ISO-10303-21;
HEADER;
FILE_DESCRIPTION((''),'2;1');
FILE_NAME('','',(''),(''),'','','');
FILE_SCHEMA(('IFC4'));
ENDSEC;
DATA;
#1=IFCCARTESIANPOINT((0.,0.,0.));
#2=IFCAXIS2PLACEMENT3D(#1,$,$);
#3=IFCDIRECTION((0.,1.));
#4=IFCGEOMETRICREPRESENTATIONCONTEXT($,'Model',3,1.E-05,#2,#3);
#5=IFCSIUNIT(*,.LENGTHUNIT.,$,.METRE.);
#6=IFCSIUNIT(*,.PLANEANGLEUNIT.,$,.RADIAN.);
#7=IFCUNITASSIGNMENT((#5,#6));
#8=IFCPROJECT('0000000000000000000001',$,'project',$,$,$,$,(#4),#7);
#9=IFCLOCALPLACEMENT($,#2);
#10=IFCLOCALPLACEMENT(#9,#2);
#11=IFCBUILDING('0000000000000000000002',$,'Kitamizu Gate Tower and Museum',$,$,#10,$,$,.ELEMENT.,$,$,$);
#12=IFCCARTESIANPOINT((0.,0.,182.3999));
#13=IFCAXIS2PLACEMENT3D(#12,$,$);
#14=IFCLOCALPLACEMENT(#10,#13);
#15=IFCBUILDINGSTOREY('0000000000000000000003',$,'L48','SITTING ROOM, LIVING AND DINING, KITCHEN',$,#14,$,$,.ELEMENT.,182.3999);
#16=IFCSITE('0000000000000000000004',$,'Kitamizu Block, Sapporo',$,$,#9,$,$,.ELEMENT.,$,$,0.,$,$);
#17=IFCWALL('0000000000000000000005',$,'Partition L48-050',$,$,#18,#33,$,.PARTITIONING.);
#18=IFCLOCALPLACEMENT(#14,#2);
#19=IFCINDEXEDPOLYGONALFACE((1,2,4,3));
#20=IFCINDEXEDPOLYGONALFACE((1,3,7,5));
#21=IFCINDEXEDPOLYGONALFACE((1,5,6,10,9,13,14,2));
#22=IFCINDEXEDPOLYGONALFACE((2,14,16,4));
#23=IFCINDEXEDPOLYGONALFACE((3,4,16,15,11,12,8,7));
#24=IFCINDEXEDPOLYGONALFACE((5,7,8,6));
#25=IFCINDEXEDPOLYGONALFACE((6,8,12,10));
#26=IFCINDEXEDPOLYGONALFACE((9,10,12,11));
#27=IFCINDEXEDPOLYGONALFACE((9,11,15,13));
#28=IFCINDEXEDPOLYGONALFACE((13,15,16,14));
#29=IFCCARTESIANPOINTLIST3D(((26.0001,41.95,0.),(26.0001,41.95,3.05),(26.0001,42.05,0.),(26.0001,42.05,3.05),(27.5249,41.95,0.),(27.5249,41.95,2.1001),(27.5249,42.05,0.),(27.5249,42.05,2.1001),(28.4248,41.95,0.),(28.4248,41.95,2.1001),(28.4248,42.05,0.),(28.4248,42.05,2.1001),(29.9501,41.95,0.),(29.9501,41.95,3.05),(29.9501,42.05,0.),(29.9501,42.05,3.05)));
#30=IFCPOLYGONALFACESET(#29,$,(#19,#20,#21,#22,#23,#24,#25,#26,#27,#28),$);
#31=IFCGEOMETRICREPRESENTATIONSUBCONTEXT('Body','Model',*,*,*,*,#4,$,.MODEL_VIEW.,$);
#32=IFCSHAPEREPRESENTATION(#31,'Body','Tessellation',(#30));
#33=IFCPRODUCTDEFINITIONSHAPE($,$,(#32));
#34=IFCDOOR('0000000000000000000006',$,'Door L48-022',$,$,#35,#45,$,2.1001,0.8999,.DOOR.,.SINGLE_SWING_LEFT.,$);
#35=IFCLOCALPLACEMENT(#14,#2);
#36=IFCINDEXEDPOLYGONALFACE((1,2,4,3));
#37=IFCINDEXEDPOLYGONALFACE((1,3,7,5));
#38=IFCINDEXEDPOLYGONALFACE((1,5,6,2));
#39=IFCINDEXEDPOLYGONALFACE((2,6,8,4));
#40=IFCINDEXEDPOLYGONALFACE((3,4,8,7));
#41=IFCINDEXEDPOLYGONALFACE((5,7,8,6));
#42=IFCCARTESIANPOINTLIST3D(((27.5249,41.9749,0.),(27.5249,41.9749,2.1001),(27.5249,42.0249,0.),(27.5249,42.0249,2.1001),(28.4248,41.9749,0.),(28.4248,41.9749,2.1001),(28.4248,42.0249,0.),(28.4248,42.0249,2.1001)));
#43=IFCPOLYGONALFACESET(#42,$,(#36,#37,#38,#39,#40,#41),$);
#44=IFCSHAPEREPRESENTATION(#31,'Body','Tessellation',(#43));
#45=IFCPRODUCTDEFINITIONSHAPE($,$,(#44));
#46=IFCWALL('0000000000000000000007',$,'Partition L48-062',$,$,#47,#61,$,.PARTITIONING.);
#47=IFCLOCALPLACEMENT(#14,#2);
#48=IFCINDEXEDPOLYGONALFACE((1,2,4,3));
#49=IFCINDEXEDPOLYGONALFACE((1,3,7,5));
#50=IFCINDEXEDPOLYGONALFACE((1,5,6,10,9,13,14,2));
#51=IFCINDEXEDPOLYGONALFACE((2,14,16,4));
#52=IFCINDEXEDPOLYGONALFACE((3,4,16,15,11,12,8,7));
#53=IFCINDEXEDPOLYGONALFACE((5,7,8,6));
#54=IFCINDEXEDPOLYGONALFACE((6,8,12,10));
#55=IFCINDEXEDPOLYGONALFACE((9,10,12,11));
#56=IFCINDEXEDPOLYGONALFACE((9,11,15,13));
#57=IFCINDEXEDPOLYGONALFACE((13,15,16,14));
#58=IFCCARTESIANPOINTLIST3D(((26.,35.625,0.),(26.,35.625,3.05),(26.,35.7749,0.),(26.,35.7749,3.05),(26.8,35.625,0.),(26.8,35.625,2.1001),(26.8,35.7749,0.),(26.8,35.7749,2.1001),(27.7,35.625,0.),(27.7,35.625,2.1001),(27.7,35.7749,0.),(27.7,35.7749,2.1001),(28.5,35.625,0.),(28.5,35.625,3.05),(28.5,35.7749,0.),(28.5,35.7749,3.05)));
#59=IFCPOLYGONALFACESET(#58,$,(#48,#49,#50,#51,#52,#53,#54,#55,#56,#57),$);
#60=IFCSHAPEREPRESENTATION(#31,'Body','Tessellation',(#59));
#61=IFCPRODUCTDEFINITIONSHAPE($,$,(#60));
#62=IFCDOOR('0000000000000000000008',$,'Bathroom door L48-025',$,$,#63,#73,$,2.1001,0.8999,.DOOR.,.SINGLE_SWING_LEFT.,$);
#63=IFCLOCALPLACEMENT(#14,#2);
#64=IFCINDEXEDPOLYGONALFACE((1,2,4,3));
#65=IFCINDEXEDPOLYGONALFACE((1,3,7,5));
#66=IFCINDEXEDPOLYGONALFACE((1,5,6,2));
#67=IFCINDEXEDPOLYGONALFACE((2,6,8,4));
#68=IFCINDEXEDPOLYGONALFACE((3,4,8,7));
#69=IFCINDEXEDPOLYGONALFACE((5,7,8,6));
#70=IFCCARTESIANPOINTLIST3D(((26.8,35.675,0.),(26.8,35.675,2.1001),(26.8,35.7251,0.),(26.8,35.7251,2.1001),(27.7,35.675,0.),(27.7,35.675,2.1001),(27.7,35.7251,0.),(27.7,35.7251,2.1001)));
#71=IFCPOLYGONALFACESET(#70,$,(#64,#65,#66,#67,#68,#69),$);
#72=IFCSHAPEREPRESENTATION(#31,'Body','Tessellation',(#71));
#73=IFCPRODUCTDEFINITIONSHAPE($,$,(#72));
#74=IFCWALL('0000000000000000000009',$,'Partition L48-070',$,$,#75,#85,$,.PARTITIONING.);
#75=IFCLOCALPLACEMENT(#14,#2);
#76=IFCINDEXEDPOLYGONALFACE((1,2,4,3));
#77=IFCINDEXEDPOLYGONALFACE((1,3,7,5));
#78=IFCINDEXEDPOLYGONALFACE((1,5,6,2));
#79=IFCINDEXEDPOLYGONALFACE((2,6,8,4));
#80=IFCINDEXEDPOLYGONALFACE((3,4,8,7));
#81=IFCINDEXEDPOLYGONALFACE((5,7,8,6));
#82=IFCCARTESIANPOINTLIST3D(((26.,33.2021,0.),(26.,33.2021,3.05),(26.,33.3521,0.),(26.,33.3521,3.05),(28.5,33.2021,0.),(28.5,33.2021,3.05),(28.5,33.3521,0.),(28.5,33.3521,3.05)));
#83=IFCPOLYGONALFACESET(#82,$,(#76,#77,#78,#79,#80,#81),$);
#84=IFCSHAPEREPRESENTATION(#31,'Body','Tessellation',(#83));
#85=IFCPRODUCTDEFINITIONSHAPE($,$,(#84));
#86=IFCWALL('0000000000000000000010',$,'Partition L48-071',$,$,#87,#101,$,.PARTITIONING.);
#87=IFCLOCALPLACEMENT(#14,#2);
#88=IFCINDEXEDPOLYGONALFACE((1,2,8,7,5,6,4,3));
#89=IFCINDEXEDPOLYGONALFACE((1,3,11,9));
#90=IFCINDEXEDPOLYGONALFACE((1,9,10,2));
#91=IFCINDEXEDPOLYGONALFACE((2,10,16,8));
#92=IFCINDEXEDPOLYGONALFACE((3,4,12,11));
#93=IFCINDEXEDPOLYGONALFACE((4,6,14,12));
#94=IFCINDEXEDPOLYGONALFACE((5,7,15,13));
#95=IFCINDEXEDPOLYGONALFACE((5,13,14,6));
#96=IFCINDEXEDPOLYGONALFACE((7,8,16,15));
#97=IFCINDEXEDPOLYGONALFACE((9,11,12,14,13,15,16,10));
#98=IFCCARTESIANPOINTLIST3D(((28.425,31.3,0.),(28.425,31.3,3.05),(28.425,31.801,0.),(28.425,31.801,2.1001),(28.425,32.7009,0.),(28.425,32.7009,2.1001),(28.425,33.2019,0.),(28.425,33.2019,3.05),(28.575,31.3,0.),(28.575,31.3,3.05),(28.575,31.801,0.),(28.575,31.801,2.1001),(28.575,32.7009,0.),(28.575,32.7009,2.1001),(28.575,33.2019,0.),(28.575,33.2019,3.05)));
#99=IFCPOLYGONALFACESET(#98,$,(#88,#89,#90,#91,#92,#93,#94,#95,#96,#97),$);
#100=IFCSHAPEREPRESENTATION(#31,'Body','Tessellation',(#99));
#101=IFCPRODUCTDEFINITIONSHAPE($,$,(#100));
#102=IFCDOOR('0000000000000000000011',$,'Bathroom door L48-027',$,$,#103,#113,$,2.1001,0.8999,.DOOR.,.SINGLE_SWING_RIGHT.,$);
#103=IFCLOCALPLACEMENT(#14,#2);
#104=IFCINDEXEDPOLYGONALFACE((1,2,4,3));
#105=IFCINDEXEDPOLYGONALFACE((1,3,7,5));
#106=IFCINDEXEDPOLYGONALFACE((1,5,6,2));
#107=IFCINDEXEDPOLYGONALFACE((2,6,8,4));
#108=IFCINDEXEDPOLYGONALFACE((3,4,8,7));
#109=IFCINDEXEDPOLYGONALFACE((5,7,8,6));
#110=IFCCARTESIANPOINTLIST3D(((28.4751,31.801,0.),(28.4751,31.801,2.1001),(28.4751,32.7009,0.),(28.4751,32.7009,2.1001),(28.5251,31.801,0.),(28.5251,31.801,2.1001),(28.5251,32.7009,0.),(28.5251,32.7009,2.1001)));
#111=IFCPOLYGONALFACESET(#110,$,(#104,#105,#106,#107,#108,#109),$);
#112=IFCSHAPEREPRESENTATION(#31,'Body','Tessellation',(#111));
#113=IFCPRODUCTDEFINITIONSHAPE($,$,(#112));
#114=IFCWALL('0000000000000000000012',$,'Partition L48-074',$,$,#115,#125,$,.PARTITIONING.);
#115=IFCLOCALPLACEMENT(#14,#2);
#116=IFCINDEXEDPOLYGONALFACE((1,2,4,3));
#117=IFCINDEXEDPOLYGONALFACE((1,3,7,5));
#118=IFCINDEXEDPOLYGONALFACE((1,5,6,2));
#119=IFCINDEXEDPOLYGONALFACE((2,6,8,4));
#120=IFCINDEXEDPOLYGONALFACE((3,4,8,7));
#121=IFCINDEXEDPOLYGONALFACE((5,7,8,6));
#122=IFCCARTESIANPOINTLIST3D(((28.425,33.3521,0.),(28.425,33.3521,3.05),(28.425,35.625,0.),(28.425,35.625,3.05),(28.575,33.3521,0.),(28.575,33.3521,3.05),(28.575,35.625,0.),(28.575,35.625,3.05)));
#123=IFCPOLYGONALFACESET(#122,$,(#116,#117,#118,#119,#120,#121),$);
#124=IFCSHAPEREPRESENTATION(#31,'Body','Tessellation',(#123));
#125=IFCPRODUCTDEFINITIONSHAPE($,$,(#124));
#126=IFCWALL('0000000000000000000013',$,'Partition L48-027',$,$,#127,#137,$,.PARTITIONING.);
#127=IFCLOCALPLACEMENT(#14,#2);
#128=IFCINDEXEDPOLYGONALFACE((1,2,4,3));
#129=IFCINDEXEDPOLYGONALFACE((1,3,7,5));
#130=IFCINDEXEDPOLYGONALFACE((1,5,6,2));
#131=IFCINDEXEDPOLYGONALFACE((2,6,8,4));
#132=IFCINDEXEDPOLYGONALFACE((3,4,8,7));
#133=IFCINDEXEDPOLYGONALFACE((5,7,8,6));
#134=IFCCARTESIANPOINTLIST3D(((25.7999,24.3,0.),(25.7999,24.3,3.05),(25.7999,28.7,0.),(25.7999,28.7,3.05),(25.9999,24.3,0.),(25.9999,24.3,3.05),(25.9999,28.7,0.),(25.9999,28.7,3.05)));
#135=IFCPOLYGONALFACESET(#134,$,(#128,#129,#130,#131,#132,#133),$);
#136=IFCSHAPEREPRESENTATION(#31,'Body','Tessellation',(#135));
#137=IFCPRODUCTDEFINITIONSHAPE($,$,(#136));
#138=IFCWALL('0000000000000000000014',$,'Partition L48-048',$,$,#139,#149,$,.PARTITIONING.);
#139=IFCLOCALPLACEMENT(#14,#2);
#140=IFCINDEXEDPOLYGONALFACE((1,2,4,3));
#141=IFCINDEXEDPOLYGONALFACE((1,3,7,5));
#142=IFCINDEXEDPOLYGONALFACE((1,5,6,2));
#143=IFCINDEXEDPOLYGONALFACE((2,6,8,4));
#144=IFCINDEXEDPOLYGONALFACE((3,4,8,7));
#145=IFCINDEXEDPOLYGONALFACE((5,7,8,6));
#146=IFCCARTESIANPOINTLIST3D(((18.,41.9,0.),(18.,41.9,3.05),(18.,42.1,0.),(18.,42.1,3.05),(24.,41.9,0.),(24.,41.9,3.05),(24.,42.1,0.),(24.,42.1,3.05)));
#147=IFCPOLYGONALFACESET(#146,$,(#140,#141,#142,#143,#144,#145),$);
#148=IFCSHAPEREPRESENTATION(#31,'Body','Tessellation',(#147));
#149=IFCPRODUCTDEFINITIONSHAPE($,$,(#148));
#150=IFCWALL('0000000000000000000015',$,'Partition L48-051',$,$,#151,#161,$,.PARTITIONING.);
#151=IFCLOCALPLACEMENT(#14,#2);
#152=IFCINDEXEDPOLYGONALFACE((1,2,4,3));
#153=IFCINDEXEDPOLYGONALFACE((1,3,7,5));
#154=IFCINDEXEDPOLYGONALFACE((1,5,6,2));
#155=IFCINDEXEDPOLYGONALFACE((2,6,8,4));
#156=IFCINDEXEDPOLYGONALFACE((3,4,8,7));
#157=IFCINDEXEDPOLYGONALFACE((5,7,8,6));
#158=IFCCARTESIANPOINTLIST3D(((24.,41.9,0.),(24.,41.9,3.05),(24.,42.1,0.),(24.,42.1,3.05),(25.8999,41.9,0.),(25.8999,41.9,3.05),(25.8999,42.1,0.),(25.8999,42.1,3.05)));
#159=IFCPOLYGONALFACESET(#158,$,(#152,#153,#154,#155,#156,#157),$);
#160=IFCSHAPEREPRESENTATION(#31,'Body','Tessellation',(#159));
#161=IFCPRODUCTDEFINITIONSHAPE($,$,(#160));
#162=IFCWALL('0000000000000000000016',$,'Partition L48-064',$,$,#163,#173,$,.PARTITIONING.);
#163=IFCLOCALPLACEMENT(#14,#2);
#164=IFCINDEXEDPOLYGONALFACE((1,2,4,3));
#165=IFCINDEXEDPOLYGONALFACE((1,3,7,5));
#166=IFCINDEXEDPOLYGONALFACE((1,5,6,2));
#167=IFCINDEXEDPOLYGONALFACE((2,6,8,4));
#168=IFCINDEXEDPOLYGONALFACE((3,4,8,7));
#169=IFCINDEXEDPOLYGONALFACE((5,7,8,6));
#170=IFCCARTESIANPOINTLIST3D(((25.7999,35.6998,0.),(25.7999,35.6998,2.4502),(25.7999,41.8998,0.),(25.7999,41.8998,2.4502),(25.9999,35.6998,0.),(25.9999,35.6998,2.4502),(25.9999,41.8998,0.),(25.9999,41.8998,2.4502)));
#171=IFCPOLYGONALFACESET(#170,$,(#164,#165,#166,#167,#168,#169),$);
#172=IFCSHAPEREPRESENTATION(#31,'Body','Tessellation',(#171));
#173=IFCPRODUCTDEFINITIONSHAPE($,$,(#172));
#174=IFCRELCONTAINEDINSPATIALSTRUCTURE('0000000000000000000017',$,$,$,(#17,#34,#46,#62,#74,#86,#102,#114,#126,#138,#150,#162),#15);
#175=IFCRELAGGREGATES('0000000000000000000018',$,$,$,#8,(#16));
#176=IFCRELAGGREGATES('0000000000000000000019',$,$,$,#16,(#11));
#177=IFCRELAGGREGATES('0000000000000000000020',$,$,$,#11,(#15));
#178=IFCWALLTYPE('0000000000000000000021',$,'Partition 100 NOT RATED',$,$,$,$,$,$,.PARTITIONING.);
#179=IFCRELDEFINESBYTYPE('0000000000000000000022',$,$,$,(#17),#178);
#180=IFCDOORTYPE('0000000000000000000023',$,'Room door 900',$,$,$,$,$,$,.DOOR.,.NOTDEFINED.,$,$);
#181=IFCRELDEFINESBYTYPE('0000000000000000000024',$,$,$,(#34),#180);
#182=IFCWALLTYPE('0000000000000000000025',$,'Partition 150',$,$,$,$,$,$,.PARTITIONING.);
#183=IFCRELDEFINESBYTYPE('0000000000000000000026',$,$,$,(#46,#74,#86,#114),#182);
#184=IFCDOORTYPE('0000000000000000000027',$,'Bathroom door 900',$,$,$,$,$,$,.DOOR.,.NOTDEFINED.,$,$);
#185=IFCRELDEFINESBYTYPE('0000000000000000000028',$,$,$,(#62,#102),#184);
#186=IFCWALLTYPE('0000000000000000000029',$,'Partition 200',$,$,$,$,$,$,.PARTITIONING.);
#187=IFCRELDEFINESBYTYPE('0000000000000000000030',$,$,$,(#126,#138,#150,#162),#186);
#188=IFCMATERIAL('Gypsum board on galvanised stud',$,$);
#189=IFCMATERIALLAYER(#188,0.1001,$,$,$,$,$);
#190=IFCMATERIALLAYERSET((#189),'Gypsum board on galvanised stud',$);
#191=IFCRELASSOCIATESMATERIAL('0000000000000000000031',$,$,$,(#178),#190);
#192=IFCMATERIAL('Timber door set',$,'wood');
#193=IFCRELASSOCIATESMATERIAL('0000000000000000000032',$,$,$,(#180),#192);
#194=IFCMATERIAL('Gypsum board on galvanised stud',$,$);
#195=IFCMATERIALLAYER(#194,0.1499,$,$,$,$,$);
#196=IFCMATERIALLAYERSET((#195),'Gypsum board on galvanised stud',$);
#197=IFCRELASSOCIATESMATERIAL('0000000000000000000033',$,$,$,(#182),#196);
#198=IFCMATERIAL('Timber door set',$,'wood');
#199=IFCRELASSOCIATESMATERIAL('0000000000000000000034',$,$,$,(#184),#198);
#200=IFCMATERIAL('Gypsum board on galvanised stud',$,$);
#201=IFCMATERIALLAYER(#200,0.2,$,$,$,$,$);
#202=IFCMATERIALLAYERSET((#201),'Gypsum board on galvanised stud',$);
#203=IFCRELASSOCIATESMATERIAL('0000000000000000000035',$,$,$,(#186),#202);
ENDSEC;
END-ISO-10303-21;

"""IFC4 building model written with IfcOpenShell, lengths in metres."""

from ifc_helpers import new_model, si_unit, direction, frame, frame_2d, origin, place, context, subcontext, project, spatial, rectangle, extrude, material, layer, layer_set, type_object, element, fill, save


model = new_model("IFC4")

# Units and contexts
model_context = context("Model", 3, precision=1e-05, world=origin(), true_north=direction((0.0, 1.0)))
body_context = subcontext(model_context, "Body", "Model", "MODEL_VIEW")
ifc_project = project(units=[si_unit("LENGTHUNIT", "METRE"), si_unit("PLANEANGLEUNIT", "RADIAN")], contexts=[model_context])

# Site, building, storey
site_placement = place(None, origin())
site = spatial("IfcSite", under=ifc_project, at=site_placement, Name="Kitamizu Block, Sapporo", CompositionType="ELEMENT", RefElevation=0.0)
building_placement = place(site_placement, origin())
building = spatial("IfcBuilding", under=site, at=building_placement, Name="Kitamizu Gate Tower and Museum", CompositionType="ELEMENT")
storey_placement = place(building_placement, frame((0.0, 0.0, 182.3999)))
storey = spatial("IfcBuildingStorey", under=building, at=storey_placement, Name="L48", Description="SITTING ROOM, LIVING AND DINING, KITCHEN", CompositionType="ELEMENT", Elevation=182.3999)

# Walls, openings, doors
ifc_material_1 = material(Name="Gypsum board on galvanised stud")
ifc_layer_1 = layer(ifc_material_1, 0.1001)
ifc_layer_set_1 = layer_set([ifc_layer_1], Name="Gypsum board on galvanised stud")
wall_type_1 = type_object("IfcWallType", Name="Partition 100 NOT RATED", PredefinedType="PARTITIONING", material=ifc_layer_set_1)
ifc_material_2 = material(Name="Timber door set", Category="wood")
door_type_1 = type_object("IfcDoorType", Name="Room door 900", OperationType="NOTDEFINED", PredefinedType="DOOR", material=ifc_material_2)
wall_1_placement = place(storey_placement, frame((26.0, 42.0, 0.0), z_axis=(0.0, 0.0, 1.0), x_axis=(1.0, 0.0, 0.0)))
wall_1 = element("IfcWall", 1, at=wall_1_placement, inside=storey, type_object=wall_type_1, Name="Partition L48-050", PredefinedType="PARTITIONING", context=body_context, shape_type="SweptSolid", body=[
    extrude(rectangle(XDim=3.95, YDim=0.1001, at=frame_2d((1.9751, 0.0))), origin(), (0.0, 0.0, 1.0), 3.05),
])
opening_1_placement = place(wall_1_placement, frame((1.5249, 0.0, 0.0)))
opening_1 = element("IfcOpeningElement", 2, at=opening_1_placement, cuts=wall_1, PredefinedType="OPENING", context=body_context, shape_type="SweptSolid", body=[
    extrude(rectangle(XDim=0.8999, YDim=2.1001, at=frame_2d((0.45, 1.05))), frame((0.0, 0.0601, 0.0), z_axis=(0.0, -1.0, 0.0), x_axis=(1.0, 0.0, 0.0)), (0.0, 0.0, 1.0), 0.1201),
])
door_1_placement = place(opening_1_placement, origin())
door_1 = element("IfcDoor", 3, at=door_1_placement, inside=storey, type_object=door_type_1, Name="Door L48-022", OperationType="SINGLE_SWING_LEFT", OverallHeight=2.1001, OverallWidth=0.8999, PredefinedType="DOOR", context=body_context, shape_type="SweptSolid", body=[
    extrude(rectangle(XDim=0.8999, YDim=2.1001, at=frame_2d((0.45, 1.05))), frame((0.0, 0.0249, 0.0), z_axis=(0.0, -1.0, 0.0), x_axis=(1.0, 0.0, 0.0)), (0.0, 0.0, 1.0), 0.05),
])
fill(opening_1, door_1)
ifc_material_3 = material(Name="Gypsum board on galvanised stud")
ifc_layer_2 = layer(ifc_material_3, 0.1499)
ifc_layer_set_2 = layer_set([ifc_layer_2], Name="Gypsum board on galvanised stud")
wall_type_2 = type_object("IfcWallType", Name="Partition 150", PredefinedType="PARTITIONING", material=ifc_layer_set_2)
wall_2_placement = place(storey_placement, frame((26.0, 35.7, 0.0), z_axis=(0.0, 0.0, 1.0), x_axis=(1.0, 0.0, 0.0)))
wall_2 = element("IfcWall", 4, at=wall_2_placement, inside=storey, type_object=wall_type_2, Name="Partition L48-062", PredefinedType="PARTITIONING", context=body_context, shape_type="SweptSolid", body=[
    extrude(rectangle(XDim=2.5, YDim=0.1499, at=frame_2d((1.25, 0.0))), origin(), (0.0, 0.0, 1.0), 3.05),
])
opening_2_placement = place(wall_2_placement, frame((0.8, 0.0, 0.0)))
opening_2 = element("IfcOpeningElement", 5, at=opening_2_placement, cuts=wall_2, PredefinedType="OPENING", context=body_context, shape_type="SweptSolid", body=[
    extrude(rectangle(XDim=0.8999, YDim=2.1001, at=frame_2d((0.45, 1.05))), frame((0.0, 0.085, 0.0), z_axis=(0.0, -1.0, 0.0), x_axis=(1.0, 0.0, 0.0)), (0.0, 0.0, 1.0), 0.1699),
])
ifc_material_4 = material(Name="Timber door set", Category="wood")
door_type_2 = type_object("IfcDoorType", Name="Bathroom door 900", OperationType="NOTDEFINED", PredefinedType="DOOR", material=ifc_material_4)
door_2_placement = place(opening_2_placement, frame((0.8999, 0.0, 0.0), x_axis=(-1.0, 0.0, 0.0)))
door_2 = element("IfcDoor", 6, at=door_2_placement, inside=storey, type_object=door_type_2, Name="Bathroom door L48-025", OperationType="SINGLE_SWING_LEFT", OverallHeight=2.1001, OverallWidth=0.8999, PredefinedType="DOOR", context=body_context, shape_type="SweptSolid", body=[
    extrude(rectangle(XDim=0.8999, YDim=2.1001, at=frame_2d((0.45, 1.05))), frame((0.0, 0.0249, 0.0), z_axis=(0.0, -1.0, 0.0), x_axis=(1.0, 0.0, 0.0)), (0.0, 0.0, 1.0), 0.05),
])
fill(opening_2, door_2)

# Wall
wall_3_placement = place(storey_placement, frame((28.5, 33.2771, 0.0), z_axis=(0.0, 0.0, 1.0), x_axis=(-1.0, 0.0, 0.0)))
element("IfcWall", 7, at=wall_3_placement, inside=storey, type_object=wall_type_2, Name="Partition L48-070", PredefinedType="PARTITIONING", context=body_context, shape_type="SweptSolid", body=[
    extrude(rectangle(XDim=2.5, YDim=0.1499, at=frame_2d((1.25, 0.0))), origin(), (0.0, 0.0, 1.0), 3.05),
])

# Wall, opening, door
wall_4_placement = place(storey_placement, frame((28.5, 31.3, 0.0), z_axis=(0.0, 0.0, 1.0), x_axis=(0.0, 1.0, 0.0)))
wall_4 = element("IfcWall", 8, at=wall_4_placement, inside=storey, type_object=wall_type_2, Name="Partition L48-071", PredefinedType="PARTITIONING", context=body_context, shape_type="SweptSolid", body=[
    extrude(rectangle(XDim=1.9019, YDim=0.1499, at=frame_2d((0.9509, 0.0))), origin(), (0.0, 0.0, 1.0), 3.05),
])
opening_3_placement = place(wall_4_placement, frame((0.501, 0.0, 0.0)))
opening_3 = element("IfcOpeningElement", 9, at=opening_3_placement, cuts=wall_4, PredefinedType="OPENING", context=body_context, shape_type="SweptSolid", body=[
    extrude(rectangle(XDim=0.8999, YDim=2.1001, at=frame_2d((0.45, 1.05))), frame((0.0, 0.085, 0.0), z_axis=(0.0, -1.0, 0.0), x_axis=(1.0, 0.0, 0.0)), (0.0, 0.0, 1.0), 0.1699),
])
door_3_placement = place(opening_3_placement, origin())
door_3 = element("IfcDoor", 10, at=door_3_placement, inside=storey, type_object=door_type_2, Name="Bathroom door L48-027", OperationType="SINGLE_SWING_RIGHT", OverallHeight=2.1001, OverallWidth=0.8999, PredefinedType="DOOR", context=body_context, shape_type="SweptSolid", body=[
    extrude(rectangle(XDim=0.8999, YDim=2.1001, at=frame_2d((0.45, 1.05))), frame((0.0, 0.0249, 0.0), z_axis=(0.0, -1.0, 0.0), x_axis=(1.0, 0.0, 0.0)), (0.0, 0.0, 1.0), 0.05),
])
fill(opening_3, door_3)

# Walls
wall_5_placement = place(storey_placement, frame((28.5, 33.3521, 0.0), z_axis=(0.0, 0.0, 1.0), x_axis=(0.0, 1.0, 0.0)))
element("IfcWall", 11, at=wall_5_placement, inside=storey, type_object=wall_type_2, Name="Partition L48-074", PredefinedType="PARTITIONING", context=body_context, shape_type="SweptSolid", body=[
    extrude(rectangle(XDim=2.2729, YDim=0.1499, at=frame_2d((1.1365, 0.0))), origin(), (0.0, 0.0, 1.0), 3.05),
])
ifc_material_5 = material(Name="Gypsum board on galvanised stud")
ifc_layer_3 = layer(ifc_material_5, 0.2)
ifc_layer_set_3 = layer_set([ifc_layer_3], Name="Gypsum board on galvanised stud")
wall_type_3 = type_object("IfcWallType", Name="Partition 200", PredefinedType="PARTITIONING", material=ifc_layer_set_3)
wall_6_placement = place(storey_placement, frame((25.8999, 28.7, 0.0), z_axis=(0.0, 0.0, 1.0), x_axis=(0.0, -1.0, 0.0)))
element("IfcWall", 12, at=wall_6_placement, inside=storey, type_object=wall_type_3, Name="Partition L48-027", PredefinedType="PARTITIONING", context=body_context, shape_type="SweptSolid", body=[
    extrude(rectangle(XDim=4.3999, YDim=0.2, at=frame_2d((2.2, 0.0))), origin(), (0.0, 0.0, 1.0), 3.05),
])
wall_7_placement = place(storey_placement, frame((18.0, 42.0, 0.0), z_axis=(0.0, 0.0, 1.0), x_axis=(1.0, 0.0, 0.0)))
element("IfcWall", 13, at=wall_7_placement, inside=storey, type_object=wall_type_3, Name="Partition L48-048", PredefinedType="PARTITIONING", context=body_context, shape_type="SweptSolid", body=[
    extrude(rectangle(XDim=6.0, YDim=0.2, at=frame_2d((3.0, 0.0))), origin(), (0.0, 0.0, 1.0), 3.05),
])
wall_8_placement = place(storey_placement, frame((24.0, 42.0, 0.0), z_axis=(0.0, 0.0, 1.0), x_axis=(1.0, 0.0, 0.0)))
element("IfcWall", 14, at=wall_8_placement, inside=storey, type_object=wall_type_3, Name="Partition L48-051", PredefinedType="PARTITIONING", context=body_context, shape_type="SweptSolid", body=[
    extrude(rectangle(XDim=1.8999, YDim=0.2, at=frame_2d((0.95, 0.0))), origin(), (0.0, 0.0, 1.0), 3.05),
])
wall_9_placement = place(storey_placement, frame((25.8999, 41.8999, 0.0), z_axis=(0.0, 0.0, 1.0), x_axis=(0.0, -1.0, 0.0)))
element("IfcWall", 15, at=wall_9_placement, inside=storey, type_object=wall_type_3, Name="Partition L48-064", PredefinedType="PARTITIONING", context=body_context, shape_type="SweptSolid", body=[
    extrude(rectangle(XDim=6.2, YDim=0.2, at=frame_2d((3.1001, 0.0))), origin(), (0.0, 0.0, 1.0), 2.4502),
])

save(model, "model.ifc")
